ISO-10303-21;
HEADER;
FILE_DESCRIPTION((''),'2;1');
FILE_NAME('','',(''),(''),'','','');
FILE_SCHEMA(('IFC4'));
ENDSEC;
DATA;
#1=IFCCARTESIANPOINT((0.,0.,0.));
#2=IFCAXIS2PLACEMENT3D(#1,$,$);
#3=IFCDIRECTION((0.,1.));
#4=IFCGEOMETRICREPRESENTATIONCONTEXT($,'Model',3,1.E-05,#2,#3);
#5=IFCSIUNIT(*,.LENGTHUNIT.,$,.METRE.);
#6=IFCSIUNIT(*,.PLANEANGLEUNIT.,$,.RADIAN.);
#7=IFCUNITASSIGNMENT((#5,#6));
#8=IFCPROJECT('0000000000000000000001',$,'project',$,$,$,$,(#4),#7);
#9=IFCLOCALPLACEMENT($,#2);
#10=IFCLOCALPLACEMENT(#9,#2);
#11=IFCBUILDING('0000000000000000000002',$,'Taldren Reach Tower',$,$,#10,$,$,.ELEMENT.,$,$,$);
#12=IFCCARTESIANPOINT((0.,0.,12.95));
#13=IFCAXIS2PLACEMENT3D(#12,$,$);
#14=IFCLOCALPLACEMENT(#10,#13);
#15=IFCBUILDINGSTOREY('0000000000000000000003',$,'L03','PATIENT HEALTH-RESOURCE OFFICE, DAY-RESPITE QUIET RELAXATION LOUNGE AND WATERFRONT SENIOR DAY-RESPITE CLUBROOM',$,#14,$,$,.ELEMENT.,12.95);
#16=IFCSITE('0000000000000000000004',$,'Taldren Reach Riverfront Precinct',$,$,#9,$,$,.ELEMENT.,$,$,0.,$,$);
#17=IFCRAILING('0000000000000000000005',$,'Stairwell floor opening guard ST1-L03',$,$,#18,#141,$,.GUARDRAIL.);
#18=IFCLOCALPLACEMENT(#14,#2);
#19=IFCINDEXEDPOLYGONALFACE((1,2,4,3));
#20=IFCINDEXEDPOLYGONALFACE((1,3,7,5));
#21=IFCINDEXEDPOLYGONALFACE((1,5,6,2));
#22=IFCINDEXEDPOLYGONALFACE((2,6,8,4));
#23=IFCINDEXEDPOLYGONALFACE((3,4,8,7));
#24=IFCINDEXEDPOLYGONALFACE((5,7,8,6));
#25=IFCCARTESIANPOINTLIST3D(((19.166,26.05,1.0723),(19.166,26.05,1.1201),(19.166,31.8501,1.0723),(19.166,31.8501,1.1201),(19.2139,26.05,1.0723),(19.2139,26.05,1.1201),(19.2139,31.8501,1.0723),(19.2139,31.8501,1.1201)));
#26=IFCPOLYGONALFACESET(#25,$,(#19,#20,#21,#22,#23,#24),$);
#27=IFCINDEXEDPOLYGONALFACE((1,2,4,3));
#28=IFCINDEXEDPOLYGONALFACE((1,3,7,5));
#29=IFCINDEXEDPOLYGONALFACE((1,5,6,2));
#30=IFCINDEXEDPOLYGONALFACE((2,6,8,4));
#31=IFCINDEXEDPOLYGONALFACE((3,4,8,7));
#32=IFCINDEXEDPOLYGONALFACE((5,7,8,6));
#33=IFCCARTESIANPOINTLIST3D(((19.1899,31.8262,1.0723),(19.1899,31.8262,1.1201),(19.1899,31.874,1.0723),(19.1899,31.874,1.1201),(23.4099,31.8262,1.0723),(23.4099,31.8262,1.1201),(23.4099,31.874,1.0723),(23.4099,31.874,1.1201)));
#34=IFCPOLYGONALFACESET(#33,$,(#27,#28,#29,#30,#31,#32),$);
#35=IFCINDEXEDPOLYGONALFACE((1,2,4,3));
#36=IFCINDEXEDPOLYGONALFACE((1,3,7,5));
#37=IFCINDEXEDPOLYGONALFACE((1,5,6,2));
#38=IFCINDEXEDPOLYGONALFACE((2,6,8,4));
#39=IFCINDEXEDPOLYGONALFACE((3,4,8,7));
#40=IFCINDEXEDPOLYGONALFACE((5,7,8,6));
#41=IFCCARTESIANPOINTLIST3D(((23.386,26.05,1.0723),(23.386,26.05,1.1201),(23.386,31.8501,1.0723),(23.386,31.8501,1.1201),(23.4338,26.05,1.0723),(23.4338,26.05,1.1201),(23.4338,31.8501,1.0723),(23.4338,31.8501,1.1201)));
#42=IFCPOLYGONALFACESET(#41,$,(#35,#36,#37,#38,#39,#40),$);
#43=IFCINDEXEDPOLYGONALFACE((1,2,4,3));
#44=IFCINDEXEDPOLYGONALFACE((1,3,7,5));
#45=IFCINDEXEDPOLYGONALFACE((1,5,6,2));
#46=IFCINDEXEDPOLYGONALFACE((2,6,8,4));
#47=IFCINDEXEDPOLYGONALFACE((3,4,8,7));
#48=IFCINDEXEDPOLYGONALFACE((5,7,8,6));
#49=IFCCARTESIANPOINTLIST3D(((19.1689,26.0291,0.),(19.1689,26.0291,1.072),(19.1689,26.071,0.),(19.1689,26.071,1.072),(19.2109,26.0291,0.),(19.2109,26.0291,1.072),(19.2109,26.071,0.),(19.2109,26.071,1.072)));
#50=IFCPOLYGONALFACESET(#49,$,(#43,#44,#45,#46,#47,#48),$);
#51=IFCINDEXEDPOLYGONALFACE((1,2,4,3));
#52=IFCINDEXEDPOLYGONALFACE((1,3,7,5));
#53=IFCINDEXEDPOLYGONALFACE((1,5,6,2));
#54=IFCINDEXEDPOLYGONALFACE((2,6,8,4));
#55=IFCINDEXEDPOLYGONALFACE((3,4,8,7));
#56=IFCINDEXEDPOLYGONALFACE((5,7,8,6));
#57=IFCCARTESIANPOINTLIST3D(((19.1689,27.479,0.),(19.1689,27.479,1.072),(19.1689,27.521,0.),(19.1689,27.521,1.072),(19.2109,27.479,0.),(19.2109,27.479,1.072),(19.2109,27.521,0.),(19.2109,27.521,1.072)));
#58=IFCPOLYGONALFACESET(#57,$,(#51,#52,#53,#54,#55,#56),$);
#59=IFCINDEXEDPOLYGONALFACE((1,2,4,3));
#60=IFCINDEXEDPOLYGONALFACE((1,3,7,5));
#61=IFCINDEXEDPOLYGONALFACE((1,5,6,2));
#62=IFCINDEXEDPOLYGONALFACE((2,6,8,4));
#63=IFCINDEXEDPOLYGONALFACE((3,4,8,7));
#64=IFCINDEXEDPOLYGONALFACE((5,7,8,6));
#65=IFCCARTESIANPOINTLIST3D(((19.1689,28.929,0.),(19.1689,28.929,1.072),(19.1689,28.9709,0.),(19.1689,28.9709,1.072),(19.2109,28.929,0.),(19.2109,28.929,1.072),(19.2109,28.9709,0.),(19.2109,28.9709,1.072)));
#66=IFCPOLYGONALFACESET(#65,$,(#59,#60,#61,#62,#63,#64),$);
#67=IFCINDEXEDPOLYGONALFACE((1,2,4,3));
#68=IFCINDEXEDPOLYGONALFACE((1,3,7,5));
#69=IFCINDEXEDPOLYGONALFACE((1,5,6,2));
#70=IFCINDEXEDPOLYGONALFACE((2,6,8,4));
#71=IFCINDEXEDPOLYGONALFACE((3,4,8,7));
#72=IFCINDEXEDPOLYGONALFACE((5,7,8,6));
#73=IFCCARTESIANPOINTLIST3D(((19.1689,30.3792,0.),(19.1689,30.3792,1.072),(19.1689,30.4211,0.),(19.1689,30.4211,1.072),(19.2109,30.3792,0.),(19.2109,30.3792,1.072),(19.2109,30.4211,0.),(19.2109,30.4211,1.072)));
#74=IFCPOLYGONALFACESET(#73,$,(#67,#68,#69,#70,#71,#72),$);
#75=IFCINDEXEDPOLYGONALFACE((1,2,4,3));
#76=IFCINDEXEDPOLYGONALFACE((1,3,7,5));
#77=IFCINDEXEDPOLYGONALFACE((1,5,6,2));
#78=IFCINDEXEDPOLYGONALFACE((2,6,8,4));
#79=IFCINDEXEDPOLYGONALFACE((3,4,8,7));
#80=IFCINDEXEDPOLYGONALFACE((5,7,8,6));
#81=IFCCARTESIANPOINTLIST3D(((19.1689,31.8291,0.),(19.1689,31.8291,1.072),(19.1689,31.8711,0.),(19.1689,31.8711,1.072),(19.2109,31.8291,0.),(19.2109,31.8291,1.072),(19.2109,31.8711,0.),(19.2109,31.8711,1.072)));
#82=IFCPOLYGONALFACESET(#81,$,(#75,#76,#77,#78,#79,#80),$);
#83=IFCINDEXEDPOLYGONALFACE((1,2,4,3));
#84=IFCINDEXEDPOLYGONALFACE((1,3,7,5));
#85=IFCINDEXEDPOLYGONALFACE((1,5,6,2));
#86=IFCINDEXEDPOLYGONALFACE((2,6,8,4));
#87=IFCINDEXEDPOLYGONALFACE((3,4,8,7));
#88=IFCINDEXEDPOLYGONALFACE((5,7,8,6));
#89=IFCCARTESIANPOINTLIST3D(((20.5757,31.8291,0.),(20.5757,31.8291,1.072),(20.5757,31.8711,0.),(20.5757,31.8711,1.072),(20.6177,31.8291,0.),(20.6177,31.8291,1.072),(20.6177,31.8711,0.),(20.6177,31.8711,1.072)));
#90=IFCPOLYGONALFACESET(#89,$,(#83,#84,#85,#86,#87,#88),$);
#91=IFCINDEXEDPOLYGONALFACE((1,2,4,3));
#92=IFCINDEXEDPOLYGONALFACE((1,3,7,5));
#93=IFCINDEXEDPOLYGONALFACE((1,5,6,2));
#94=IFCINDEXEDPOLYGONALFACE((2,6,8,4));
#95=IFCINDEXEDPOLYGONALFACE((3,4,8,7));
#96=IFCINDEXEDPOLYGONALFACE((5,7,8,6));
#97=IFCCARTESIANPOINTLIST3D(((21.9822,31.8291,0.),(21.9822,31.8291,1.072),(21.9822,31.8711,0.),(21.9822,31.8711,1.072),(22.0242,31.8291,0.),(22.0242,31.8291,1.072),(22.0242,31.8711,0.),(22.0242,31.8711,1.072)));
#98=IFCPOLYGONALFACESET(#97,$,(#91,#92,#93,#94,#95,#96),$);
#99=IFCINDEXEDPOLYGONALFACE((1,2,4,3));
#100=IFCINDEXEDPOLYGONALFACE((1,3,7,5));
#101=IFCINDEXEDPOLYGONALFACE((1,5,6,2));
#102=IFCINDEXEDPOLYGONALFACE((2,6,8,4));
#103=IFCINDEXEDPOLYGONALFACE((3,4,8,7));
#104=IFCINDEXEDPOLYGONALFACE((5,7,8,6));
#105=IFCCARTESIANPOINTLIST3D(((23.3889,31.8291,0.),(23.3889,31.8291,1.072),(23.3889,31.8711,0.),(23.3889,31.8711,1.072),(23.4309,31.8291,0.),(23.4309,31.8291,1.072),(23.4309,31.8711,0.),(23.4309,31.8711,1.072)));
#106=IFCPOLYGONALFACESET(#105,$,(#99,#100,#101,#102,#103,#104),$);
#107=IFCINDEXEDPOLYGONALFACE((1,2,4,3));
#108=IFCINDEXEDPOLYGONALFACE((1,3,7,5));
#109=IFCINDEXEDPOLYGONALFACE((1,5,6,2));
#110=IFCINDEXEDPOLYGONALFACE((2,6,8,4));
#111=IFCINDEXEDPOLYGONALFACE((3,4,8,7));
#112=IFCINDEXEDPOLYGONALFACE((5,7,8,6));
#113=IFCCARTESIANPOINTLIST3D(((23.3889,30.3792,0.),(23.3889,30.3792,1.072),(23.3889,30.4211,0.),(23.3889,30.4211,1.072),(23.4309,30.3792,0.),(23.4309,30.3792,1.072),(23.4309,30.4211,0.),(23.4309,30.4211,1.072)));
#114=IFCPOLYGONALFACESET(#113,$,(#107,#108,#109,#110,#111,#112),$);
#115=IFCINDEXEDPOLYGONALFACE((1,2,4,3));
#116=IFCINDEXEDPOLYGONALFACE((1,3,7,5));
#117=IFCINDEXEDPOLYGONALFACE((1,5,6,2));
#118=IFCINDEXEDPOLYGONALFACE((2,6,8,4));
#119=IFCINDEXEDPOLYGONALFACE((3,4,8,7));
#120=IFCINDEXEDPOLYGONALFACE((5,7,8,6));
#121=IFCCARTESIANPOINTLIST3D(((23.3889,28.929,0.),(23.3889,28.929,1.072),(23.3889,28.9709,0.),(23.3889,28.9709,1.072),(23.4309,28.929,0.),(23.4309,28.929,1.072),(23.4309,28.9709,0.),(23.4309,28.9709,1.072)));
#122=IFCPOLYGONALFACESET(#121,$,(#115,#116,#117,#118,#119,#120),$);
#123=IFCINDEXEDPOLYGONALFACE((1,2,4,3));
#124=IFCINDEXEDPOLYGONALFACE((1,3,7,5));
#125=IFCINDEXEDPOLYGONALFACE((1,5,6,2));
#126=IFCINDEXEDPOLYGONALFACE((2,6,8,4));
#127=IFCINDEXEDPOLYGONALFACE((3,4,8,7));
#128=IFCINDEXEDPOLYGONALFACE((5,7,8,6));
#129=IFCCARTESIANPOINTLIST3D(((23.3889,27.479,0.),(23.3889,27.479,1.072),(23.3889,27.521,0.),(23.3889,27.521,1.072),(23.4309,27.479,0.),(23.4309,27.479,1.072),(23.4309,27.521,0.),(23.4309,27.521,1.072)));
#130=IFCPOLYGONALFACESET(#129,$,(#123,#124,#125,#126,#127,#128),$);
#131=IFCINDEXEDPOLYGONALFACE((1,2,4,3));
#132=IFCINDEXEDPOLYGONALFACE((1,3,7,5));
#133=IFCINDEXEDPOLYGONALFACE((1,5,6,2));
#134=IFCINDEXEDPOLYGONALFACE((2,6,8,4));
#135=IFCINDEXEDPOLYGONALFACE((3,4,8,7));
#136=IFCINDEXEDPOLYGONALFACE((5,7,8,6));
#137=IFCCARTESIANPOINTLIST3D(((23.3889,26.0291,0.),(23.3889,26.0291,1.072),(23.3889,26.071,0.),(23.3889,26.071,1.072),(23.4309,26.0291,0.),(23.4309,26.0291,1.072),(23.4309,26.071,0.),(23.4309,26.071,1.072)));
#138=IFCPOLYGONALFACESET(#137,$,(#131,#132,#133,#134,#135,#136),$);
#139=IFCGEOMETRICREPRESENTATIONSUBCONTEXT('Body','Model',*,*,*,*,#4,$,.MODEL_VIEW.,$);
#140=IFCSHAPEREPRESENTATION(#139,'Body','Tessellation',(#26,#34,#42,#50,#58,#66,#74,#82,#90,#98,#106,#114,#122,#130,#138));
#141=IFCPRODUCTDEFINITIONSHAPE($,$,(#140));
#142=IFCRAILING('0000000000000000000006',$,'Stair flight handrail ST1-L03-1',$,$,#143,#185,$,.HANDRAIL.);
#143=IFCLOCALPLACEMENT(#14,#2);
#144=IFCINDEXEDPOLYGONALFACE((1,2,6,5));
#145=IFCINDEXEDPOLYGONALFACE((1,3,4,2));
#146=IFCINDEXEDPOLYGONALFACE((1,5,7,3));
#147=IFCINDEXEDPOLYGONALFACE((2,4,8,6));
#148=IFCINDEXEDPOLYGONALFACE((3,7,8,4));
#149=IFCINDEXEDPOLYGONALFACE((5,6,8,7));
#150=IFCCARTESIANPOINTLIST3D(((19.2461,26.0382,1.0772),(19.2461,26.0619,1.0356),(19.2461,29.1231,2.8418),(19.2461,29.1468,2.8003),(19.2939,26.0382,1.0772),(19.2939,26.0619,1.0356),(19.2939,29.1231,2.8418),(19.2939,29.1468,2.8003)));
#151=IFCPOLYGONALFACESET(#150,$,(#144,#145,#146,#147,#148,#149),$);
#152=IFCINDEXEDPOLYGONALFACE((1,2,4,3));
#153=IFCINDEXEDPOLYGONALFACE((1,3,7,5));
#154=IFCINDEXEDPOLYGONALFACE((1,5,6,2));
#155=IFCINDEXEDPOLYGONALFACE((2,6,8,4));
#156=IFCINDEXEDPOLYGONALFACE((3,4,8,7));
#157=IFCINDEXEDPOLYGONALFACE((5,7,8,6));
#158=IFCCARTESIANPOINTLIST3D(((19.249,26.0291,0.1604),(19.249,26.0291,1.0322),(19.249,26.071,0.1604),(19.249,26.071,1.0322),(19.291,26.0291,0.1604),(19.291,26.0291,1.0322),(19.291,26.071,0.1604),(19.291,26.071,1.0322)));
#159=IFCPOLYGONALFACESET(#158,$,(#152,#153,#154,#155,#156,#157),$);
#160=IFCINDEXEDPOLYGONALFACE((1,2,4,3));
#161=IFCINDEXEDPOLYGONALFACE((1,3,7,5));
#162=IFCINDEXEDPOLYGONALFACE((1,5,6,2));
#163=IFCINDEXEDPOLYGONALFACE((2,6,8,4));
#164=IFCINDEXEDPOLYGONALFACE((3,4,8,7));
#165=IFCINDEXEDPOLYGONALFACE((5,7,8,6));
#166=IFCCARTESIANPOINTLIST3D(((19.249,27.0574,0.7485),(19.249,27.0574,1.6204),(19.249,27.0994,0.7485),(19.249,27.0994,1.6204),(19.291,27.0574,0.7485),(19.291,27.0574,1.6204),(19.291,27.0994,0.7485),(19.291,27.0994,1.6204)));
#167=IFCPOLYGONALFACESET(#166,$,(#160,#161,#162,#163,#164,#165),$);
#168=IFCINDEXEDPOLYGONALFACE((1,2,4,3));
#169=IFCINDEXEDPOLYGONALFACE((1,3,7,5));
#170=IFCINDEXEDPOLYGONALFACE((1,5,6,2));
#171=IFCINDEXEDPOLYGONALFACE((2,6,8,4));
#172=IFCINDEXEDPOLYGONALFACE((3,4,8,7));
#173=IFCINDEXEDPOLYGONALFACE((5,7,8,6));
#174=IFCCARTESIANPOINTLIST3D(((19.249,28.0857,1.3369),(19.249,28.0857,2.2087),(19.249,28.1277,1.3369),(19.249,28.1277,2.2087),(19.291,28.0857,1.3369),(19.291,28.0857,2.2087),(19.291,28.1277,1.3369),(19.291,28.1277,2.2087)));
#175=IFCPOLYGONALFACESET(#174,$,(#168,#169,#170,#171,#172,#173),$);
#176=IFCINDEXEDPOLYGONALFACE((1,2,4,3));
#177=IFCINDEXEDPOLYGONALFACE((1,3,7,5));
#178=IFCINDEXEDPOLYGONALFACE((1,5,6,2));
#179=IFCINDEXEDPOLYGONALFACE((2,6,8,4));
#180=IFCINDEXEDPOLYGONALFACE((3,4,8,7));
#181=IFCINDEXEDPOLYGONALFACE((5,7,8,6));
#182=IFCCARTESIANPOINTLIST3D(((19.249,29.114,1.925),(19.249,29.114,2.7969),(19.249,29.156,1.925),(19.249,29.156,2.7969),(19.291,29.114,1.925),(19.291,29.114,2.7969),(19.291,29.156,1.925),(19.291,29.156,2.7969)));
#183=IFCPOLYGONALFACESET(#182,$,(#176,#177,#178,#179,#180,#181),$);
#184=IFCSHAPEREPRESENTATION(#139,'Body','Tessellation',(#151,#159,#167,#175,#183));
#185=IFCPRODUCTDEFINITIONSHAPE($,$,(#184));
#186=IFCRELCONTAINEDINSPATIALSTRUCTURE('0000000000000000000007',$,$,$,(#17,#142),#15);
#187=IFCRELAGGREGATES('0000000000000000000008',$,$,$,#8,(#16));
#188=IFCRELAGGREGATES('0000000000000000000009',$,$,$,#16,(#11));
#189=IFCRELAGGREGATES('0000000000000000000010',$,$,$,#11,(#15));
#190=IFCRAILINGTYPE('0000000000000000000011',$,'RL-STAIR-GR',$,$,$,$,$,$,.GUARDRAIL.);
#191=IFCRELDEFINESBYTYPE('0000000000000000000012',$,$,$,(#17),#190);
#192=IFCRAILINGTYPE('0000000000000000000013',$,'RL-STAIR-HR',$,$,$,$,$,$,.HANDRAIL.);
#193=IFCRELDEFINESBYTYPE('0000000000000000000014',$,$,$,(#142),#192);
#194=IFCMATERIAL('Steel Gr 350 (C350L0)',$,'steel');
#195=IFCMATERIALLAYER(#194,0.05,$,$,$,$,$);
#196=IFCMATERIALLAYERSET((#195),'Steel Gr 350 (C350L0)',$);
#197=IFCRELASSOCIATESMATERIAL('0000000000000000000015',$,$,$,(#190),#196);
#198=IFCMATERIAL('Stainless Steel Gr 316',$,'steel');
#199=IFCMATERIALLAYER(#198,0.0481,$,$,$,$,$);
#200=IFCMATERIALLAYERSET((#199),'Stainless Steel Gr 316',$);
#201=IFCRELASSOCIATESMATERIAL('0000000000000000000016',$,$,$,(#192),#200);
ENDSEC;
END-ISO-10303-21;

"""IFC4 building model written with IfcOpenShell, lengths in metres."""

from ifc_helpers import new_model, si_unit, direction, frame, origin, origin_2d, place, context, subcontext, project, spatial, rectangle, extrude, material, layer, layer_set, type_object, element, save


model = new_model("IFC4")

# Units and contexts
model_context = context("Model", 3, precision=1e-05, world=origin(), true_north=direction((0.0, 1.0)))
body_context = subcontext(model_context, "Body", "Model", "MODEL_VIEW")
ifc_project = project(units=[si_unit("LENGTHUNIT", "METRE"), si_unit("PLANEANGLEUNIT", "RADIAN")], contexts=[model_context])

# Site, building, storey
site_placement = place(None, origin())
site = spatial("IfcSite", under=ifc_project, at=site_placement, Name="Taldren Reach Riverfront Precinct", CompositionType="ELEMENT", RefElevation=0.0)
building_placement = place(site_placement, origin())
building = spatial("IfcBuilding", under=site, at=building_placement, Name="Taldren Reach Tower", CompositionType="ELEMENT")
storey_placement = place(building_placement, frame((0.0, 0.0, 12.95)))
storey = spatial("IfcBuildingStorey", under=building, at=storey_placement, Name="L03", Description="PATIENT HEALTH-RESOURCE OFFICE, DAY-RESPITE QUIET RELAXATION LOUNGE AND WATERFRONT SENIOR DAY-RESPITE CLUBROOM", CompositionType="ELEMENT", Elevation=12.95)

# Railings
ifc_material_1 = material(Name="Steel Gr 350 (C350L0)", Category="steel")
ifc_layer_1 = layer(ifc_material_1, 0.05)
ifc_layer_set_1 = layer_set([ifc_layer_1], Name="Steel Gr 350 (C350L0)")
railing_type_1 = type_object("IfcRailingType", Name="RL-STAIR-GR", PredefinedType="GUARDRAIL", material=ifc_layer_set_1)
railing_1_placement = place(storey_placement, frame((19.1899, 26.05, 0.0)))
element("IfcRailing", 1, at=railing_1_placement, inside=storey, type_object=railing_type_1, Name="Stairwell floor opening guard ST1-L03", PredefinedType="GUARDRAIL", context=body_context, shape_type="SweptSolid", body=[
    extrude(rectangle(XDim=0.0479, YDim=0.0479, at=origin_2d()), frame((0.0, 0.0, 1.0962), z_axis=(0.0, 1.0, 0.0), x_axis=(-1.0, 0.0, 0.0)), (0.0, 0.0, 1.0), 5.8),
    extrude(rectangle(XDim=0.0479, YDim=0.0479, at=origin_2d()), frame((0.0, 5.8, 1.0962), z_axis=(1.0, 0.0, 0.0), x_axis=(0.0, 1.0, 0.0)), (0.0, 0.0, 1.0), 4.22),
    extrude(rectangle(XDim=0.0479, YDim=0.0479, at=origin_2d()), frame((4.22, 5.8, 1.0962), z_axis=(0.0, -1.0, 0.0), x_axis=(1.0, 0.0, 0.0)), (0.0, 0.0, 1.0), 5.8),
    extrude(rectangle(XDim=0.042, YDim=0.042, at=origin_2d()), origin(), (0.0, 0.0, 1.0), 1.072),
    extrude(rectangle(XDim=0.042, YDim=0.042, at=origin_2d()), frame((0.0, 1.45, 0.0)), (0.0, 0.0, 1.0), 1.072),
    extrude(rectangle(XDim=0.042, YDim=0.042, at=origin_2d()), frame((0.0, 2.8999, 0.0)), (0.0, 0.0, 1.0), 1.072),
    extrude(rectangle(XDim=0.042, YDim=0.042, at=origin_2d()), frame((0.0, 4.3501, 0.0)), (0.0, 0.0, 1.0), 1.072),
    extrude(rectangle(XDim=0.042, YDim=0.042, at=origin_2d()), frame((0.0, 5.8, 0.0)), (0.0, 0.0, 1.0), 1.072),
    extrude(rectangle(XDim=0.042, YDim=0.042, at=origin_2d()), frame((1.4067, 5.8, 0.0)), (0.0, 0.0, 1.0), 1.072),
    extrude(rectangle(XDim=0.042, YDim=0.042, at=origin_2d()), frame((2.8132, 5.8, 0.0)), (0.0, 0.0, 1.0), 1.072),
    extrude(rectangle(XDim=0.042, YDim=0.042, at=origin_2d()), frame((4.22, 5.8, 0.0)), (0.0, 0.0, 1.0), 1.072),
    extrude(rectangle(XDim=0.042, YDim=0.042, at=origin_2d()), frame((4.22, 4.3501, 0.0)), (0.0, 0.0, 1.0), 1.072),
    extrude(rectangle(XDim=0.042, YDim=0.042, at=origin_2d()), frame((4.22, 2.8999, 0.0)), (0.0, 0.0, 1.0), 1.072),
    extrude(rectangle(XDim=0.042, YDim=0.042, at=origin_2d()), frame((4.22, 1.45, 0.0)), (0.0, 0.0, 1.0), 1.072),
    extrude(rectangle(XDim=0.042, YDim=0.042, at=origin_2d()), frame((4.22, 0.0, 0.0)), (0.0, 0.0, 1.0), 1.072),
])
ifc_material_2 = material(Name="Stainless Steel Gr 316", Category="steel")
ifc_layer_2 = layer(ifc_material_2, 0.0481)
ifc_layer_set_2 = layer_set([ifc_layer_2], Name="Stainless Steel Gr 316")
railing_type_2 = type_object("IfcRailingType", Name="RL-STAIR-HR", PredefinedType="HANDRAIL", material=ifc_layer_set_2)
railing_2_placement = place(storey_placement, frame((19.27, 26.05, 0.1604)))
element("IfcRailing", 2, at=railing_2_placement, inside=storey, type_object=railing_type_2, Name="Stair flight handrail ST1-L03-1", PredefinedType="HANDRAIL", context=body_context, shape_type="SweptSolid", body=[
    extrude(rectangle(XDim=0.0479, YDim=0.0479, at=origin_2d()), frame((0.0, 0.0, 0.896), z_axis=(0.0, 0.868023, 0.496524), x_axis=(-1.0, 0.0, 0.0)), (0.0, 0.0, 1.0), 3.554),
    extrude(rectangle(XDim=0.042, YDim=0.042, at=origin_2d()), origin(), (0.0, 0.0, 1.0), 0.8718),
    extrude(rectangle(XDim=0.042, YDim=0.042, at=origin_2d()), frame((0.0, 1.0283, 0.5881)), (0.0, 0.0, 1.0), 0.8718),
    extrude(rectangle(XDim=0.042, YDim=0.042, at=origin_2d()), frame((0.0, 2.0566, 1.1765)), (0.0, 0.0, 1.0), 0.8718),
    extrude(rectangle(XDim=0.042, YDim=0.042, at=origin_2d()), frame((0.0, 3.085, 1.7646)), (0.0, 0.0, 1.0), 0.8718),
])

save(model, "model.ifc")
